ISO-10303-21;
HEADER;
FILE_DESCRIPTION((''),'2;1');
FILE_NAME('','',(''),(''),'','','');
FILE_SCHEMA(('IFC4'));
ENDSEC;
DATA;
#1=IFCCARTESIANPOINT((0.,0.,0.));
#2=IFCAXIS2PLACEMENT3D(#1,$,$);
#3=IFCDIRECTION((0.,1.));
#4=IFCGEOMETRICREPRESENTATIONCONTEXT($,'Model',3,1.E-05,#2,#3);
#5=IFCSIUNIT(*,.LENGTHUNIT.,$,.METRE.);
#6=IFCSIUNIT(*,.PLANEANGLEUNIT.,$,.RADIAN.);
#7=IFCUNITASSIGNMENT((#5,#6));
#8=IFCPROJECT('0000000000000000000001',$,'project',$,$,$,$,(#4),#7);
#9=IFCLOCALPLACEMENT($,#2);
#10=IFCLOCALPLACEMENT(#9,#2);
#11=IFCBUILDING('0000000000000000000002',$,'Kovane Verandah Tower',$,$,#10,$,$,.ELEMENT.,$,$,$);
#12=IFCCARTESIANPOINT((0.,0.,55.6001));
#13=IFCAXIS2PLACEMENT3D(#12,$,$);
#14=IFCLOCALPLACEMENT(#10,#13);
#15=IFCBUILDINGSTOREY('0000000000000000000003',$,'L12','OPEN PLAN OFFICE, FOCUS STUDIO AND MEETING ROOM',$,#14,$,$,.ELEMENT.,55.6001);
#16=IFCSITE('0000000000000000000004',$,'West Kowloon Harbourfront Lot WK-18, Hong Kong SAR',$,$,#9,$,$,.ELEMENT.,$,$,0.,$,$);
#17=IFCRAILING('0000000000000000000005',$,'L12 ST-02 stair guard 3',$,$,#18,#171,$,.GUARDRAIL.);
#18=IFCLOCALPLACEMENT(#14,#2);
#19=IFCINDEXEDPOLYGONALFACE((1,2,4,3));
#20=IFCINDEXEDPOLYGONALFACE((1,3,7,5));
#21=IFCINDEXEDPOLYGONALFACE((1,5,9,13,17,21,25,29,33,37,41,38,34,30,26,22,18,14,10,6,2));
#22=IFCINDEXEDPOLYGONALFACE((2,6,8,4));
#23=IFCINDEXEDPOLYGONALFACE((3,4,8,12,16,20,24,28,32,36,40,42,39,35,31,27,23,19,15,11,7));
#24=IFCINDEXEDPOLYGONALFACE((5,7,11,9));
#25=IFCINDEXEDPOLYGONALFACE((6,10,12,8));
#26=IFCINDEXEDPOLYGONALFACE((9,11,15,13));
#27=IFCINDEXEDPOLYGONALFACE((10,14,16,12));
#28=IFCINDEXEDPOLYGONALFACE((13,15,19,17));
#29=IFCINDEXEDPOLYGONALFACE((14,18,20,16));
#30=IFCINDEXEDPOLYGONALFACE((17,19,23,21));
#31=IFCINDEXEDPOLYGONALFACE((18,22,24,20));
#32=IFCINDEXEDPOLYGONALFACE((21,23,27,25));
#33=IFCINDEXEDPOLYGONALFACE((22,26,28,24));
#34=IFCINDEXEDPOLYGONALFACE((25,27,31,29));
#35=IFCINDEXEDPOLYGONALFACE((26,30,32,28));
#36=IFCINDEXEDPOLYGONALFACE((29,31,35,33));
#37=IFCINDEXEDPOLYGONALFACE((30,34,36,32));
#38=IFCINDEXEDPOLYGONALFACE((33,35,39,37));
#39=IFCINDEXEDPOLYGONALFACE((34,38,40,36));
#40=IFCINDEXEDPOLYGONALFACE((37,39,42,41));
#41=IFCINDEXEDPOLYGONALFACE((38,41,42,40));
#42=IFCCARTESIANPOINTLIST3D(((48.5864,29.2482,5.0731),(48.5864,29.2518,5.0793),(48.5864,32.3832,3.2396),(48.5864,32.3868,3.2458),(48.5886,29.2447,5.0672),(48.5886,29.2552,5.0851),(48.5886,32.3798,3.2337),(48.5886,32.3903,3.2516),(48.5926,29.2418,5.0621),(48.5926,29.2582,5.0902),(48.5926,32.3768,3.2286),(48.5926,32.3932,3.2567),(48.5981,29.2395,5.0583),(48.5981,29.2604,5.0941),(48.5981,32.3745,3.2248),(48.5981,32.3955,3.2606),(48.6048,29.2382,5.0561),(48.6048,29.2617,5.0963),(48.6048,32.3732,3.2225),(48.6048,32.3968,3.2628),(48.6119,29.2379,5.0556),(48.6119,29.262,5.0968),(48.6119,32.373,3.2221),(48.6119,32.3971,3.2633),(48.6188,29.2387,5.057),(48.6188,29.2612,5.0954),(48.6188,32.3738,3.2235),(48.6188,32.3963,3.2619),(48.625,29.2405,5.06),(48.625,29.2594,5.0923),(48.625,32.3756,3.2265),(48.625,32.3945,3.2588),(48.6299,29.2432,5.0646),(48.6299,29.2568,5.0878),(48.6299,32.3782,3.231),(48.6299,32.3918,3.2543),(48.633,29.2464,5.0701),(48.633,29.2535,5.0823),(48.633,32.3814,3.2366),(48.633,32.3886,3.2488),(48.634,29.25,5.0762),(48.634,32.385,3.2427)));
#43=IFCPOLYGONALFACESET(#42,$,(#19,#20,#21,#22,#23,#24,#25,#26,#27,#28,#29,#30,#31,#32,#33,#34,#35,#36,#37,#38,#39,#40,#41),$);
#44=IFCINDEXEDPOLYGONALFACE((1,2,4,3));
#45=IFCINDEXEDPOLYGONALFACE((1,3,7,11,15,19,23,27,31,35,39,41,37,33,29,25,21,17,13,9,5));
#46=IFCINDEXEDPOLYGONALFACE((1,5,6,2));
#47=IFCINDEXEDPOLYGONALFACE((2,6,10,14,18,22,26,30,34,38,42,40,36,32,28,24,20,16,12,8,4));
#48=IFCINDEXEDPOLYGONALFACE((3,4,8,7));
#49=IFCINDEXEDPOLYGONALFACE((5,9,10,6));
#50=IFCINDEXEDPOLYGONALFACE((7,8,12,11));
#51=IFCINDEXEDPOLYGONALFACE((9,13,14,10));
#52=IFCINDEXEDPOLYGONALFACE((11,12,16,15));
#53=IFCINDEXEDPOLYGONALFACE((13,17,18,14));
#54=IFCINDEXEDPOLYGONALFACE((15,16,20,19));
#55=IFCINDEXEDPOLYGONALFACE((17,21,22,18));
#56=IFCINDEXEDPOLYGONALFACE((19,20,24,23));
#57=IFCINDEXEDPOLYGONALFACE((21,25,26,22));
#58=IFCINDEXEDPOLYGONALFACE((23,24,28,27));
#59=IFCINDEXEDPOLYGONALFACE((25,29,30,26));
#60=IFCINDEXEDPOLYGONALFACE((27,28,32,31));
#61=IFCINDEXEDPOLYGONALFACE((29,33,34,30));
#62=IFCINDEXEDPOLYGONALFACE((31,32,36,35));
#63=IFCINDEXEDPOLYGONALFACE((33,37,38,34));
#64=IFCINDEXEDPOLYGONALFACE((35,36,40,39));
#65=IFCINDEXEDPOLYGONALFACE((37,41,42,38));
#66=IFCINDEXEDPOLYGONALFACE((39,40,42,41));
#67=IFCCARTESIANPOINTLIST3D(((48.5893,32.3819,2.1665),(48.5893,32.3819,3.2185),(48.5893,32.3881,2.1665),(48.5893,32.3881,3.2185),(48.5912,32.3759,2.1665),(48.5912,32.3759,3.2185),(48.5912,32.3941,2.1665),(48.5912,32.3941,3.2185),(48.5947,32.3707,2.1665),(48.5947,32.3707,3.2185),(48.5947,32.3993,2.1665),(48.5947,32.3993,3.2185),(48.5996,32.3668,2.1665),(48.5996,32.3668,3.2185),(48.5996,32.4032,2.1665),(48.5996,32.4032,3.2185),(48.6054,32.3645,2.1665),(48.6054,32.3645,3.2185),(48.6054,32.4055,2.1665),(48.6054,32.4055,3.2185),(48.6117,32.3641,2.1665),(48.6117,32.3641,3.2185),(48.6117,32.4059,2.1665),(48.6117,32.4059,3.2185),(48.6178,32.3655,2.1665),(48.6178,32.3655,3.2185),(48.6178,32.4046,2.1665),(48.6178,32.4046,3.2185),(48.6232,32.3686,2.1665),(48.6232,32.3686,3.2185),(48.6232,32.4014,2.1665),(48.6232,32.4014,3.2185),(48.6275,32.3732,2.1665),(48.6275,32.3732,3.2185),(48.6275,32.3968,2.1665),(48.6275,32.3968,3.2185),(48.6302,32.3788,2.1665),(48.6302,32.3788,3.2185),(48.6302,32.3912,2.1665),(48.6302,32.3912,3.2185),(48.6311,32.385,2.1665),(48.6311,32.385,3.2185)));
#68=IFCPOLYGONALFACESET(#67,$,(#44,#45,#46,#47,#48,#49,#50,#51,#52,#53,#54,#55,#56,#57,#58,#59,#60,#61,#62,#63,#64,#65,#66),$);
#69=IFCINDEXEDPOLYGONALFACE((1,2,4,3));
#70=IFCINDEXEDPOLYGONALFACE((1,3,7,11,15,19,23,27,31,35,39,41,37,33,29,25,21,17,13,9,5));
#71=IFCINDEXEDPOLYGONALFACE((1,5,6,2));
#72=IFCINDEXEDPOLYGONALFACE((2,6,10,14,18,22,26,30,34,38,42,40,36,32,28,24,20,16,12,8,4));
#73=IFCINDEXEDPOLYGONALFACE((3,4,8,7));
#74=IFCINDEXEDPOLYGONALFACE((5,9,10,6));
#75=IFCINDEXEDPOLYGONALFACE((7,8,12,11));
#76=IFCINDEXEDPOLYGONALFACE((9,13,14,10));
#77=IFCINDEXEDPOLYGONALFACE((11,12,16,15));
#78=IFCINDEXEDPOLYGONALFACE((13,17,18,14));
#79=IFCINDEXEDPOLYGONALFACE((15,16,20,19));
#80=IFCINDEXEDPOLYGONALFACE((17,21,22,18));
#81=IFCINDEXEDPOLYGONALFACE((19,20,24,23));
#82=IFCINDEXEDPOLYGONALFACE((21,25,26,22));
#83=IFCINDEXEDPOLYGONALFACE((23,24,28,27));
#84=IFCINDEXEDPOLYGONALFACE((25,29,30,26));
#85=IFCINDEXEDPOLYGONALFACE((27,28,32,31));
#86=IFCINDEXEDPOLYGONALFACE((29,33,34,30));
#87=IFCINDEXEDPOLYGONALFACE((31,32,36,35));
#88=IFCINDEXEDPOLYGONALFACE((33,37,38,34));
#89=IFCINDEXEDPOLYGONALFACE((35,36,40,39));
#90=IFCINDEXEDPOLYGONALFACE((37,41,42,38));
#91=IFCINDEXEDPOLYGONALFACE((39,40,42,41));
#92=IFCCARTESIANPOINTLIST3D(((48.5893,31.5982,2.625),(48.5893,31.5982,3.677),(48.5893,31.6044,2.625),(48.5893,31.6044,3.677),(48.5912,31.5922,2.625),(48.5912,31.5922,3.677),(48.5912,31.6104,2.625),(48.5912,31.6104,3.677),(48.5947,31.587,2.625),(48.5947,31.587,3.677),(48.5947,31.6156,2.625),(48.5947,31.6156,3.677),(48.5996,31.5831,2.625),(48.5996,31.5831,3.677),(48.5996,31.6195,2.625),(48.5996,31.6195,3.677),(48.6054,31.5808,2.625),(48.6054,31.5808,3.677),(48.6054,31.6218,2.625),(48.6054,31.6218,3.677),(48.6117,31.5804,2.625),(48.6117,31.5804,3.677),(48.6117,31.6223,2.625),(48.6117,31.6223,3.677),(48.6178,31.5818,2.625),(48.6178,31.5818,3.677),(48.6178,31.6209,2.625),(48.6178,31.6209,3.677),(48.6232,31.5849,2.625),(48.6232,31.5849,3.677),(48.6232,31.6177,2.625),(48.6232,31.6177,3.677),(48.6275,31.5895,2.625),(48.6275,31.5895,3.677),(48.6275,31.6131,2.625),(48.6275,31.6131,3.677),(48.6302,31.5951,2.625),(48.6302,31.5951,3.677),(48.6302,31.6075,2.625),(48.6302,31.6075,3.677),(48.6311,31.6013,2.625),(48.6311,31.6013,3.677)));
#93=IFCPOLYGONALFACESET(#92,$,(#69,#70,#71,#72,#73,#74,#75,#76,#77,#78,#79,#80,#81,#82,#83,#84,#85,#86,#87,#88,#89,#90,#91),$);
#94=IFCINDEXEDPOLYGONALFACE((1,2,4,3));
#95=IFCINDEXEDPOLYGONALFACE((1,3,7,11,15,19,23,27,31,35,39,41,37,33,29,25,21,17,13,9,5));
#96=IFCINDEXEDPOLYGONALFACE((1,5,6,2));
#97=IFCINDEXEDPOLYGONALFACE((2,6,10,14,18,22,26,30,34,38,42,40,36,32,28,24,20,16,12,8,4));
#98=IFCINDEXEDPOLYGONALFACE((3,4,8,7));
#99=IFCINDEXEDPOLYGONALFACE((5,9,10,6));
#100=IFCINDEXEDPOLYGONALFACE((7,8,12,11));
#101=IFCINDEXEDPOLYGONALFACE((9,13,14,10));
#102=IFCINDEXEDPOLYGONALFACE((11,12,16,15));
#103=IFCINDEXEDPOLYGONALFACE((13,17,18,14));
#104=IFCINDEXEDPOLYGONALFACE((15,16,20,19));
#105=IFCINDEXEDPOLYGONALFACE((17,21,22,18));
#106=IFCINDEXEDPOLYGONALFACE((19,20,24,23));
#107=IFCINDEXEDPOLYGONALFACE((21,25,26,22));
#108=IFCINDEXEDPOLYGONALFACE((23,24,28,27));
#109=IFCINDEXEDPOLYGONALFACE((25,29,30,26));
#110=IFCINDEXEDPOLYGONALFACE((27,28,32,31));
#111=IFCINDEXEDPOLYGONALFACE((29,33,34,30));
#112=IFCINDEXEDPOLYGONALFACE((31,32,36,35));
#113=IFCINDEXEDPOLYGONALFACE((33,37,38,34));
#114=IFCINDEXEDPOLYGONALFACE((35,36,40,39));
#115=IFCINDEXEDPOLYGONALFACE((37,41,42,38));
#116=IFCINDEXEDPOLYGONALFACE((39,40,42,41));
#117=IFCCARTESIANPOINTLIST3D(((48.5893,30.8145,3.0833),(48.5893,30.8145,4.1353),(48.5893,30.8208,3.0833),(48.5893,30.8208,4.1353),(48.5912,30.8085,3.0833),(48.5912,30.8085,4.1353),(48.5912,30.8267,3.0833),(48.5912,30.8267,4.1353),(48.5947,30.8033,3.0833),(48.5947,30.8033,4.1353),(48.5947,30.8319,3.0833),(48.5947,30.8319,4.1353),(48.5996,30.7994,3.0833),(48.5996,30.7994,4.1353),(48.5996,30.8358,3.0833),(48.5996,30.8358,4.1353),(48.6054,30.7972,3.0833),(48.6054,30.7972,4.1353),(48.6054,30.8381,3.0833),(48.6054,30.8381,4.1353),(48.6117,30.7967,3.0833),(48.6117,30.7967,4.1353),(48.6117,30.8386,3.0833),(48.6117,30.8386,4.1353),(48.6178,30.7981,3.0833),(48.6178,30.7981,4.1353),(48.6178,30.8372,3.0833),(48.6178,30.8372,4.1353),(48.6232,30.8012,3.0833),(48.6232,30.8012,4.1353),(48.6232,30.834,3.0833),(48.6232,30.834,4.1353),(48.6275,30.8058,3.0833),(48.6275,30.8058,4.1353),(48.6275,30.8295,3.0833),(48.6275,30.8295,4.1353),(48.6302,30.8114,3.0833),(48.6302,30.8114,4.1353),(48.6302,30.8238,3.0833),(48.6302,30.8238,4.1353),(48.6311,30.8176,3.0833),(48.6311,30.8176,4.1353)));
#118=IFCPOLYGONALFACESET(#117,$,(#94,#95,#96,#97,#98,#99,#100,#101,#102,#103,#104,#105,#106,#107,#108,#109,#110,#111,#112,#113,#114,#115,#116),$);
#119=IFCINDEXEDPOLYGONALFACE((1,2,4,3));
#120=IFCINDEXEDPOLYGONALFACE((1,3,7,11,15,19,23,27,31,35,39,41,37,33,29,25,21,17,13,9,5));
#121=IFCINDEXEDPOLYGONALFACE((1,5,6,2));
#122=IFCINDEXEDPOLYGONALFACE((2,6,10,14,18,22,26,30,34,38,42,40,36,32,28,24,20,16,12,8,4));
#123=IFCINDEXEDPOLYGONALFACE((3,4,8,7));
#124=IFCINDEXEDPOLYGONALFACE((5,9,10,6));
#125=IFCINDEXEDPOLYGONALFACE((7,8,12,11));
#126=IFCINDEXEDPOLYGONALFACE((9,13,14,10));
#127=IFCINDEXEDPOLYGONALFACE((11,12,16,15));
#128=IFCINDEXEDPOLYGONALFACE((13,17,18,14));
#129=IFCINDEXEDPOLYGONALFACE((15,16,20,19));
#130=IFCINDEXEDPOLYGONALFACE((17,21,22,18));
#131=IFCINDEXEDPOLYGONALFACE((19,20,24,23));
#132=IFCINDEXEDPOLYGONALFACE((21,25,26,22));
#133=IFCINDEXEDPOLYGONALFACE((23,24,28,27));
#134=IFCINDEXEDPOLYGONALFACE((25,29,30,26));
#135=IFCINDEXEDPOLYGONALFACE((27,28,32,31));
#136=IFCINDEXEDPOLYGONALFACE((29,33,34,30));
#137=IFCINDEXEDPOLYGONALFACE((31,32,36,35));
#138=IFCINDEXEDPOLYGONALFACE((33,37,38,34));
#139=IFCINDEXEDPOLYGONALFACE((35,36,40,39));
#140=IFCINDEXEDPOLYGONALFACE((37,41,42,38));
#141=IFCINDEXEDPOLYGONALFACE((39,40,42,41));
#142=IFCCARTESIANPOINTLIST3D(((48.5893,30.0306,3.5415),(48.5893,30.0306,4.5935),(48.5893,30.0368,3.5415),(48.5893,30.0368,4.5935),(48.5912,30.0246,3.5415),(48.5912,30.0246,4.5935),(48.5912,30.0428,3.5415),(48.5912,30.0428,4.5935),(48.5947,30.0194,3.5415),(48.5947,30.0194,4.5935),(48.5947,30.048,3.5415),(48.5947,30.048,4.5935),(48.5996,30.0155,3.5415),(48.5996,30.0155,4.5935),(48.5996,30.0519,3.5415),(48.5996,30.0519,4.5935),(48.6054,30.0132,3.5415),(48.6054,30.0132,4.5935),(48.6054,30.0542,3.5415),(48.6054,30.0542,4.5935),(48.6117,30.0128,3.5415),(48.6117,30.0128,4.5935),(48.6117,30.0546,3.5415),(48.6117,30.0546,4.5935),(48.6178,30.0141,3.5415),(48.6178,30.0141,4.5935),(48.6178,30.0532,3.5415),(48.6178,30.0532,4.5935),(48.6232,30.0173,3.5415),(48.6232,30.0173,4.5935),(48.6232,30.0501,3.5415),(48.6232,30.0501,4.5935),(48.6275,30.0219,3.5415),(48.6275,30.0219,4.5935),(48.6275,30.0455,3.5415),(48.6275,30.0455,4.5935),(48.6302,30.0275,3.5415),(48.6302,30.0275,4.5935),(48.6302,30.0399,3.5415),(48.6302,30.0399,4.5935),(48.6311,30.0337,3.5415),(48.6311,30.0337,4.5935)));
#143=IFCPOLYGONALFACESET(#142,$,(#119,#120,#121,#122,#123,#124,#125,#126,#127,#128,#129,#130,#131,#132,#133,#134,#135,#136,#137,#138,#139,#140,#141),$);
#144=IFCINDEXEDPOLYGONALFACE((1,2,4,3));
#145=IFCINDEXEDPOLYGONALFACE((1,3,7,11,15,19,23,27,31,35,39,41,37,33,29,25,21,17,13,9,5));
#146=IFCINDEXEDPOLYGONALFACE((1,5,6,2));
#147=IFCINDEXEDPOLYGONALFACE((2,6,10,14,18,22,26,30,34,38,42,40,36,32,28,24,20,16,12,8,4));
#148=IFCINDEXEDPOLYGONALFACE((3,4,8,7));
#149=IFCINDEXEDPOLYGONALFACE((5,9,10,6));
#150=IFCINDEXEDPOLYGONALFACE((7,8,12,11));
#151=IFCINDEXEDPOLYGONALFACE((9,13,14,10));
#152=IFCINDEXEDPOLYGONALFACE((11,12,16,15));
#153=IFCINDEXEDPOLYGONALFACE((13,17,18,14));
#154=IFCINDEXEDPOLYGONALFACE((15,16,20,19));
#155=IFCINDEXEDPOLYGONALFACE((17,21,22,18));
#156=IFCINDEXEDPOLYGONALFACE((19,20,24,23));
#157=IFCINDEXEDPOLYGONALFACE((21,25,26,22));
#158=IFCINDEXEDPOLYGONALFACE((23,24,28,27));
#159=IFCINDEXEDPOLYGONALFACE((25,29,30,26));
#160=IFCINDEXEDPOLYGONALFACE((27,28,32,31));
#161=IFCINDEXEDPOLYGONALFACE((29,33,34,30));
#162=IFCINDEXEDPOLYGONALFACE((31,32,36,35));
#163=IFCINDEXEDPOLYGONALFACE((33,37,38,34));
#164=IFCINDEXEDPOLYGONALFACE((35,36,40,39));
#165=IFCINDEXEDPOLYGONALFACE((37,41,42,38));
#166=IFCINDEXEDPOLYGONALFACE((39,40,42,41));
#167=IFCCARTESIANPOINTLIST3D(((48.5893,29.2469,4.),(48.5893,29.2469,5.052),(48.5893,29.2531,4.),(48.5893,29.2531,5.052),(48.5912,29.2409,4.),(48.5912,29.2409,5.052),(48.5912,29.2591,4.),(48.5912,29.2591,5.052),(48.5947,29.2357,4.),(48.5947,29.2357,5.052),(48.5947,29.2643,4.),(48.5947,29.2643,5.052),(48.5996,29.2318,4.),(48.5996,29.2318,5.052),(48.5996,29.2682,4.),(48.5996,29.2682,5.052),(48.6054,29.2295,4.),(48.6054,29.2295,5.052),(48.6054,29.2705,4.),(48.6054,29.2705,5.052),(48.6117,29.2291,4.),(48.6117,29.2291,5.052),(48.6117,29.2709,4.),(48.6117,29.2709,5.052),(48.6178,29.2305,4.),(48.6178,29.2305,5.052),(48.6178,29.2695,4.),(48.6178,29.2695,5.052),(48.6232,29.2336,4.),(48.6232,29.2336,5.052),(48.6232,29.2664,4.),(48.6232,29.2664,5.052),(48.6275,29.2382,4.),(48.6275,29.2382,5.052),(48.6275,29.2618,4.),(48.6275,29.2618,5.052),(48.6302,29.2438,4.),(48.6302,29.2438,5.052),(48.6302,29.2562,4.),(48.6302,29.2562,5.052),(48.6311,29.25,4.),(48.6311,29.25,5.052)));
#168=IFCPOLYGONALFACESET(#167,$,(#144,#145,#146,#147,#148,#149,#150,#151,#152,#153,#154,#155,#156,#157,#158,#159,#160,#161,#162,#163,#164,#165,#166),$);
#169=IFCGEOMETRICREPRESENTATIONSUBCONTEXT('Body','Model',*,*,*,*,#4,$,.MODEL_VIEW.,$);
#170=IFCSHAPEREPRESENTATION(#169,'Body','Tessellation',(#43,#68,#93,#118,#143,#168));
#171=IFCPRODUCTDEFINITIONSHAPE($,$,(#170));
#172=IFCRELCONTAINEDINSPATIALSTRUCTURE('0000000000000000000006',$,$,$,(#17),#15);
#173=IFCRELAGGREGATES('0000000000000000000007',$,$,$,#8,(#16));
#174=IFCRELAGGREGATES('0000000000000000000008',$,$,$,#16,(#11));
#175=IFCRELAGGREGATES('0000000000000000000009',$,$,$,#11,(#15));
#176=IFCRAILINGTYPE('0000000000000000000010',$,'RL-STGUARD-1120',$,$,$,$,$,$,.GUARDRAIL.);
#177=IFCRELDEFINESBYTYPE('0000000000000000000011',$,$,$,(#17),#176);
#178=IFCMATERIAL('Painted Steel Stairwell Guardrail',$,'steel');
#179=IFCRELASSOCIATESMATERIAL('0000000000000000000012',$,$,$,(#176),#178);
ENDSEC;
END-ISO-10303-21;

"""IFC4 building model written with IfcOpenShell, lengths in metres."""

from ifc_helpers import new_model, si_unit, direction, frame, origin, origin_2d, place, context, subcontext, project, spatial, circle, extrude, material, type_object, element, save


model = new_model("IFC4")

# Units and contexts
model_context = context("Model", 3, precision=1e-05, world=origin(), true_north=direction((0.0, 1.0)))
body_context = subcontext(model_context, "Body", "Model", "MODEL_VIEW")
ifc_project = project(units=[si_unit("LENGTHUNIT", "METRE"), si_unit("PLANEANGLEUNIT", "RADIAN")], contexts=[model_context])

# Site, building, storey
site_placement = place(None, origin())
site = spatial("IfcSite", under=ifc_project, at=site_placement, Name="West Kowloon Harbourfront Lot WK-18, Hong Kong SAR", CompositionType="ELEMENT", RefElevation=0.0)
building_placement = place(site_placement, origin())
building = spatial("IfcBuilding", under=site, at=building_placement, Name="Kovane Verandah Tower", CompositionType="ELEMENT")
storey_placement = place(building_placement, frame((0.0, 0.0, 55.6001)))
storey = spatial("IfcBuildingStorey", under=building, at=storey_placement, Name="L12", Description="OPEN PLAN OFFICE, FOCUS STUDIO AND MEETING ROOM", CompositionType="ELEMENT", Elevation=55.6001)

# Railing
ifc_material_1 = material(Name="Painted Steel Stairwell Guardrail", Category="steel")
railing_type_1 = type_object("IfcRailingType", Name="RL-STGUARD-1120", PredefinedType="GUARDRAIL", material=ifc_material_1)
for number, where, name in (
    (1, (48.6101, 32.385, 2.1665), "L12 ST-02 stair guard 3"),
):
    element("IfcRailing", number, at=place(storey_placement, frame(where)), inside=storey, type_object=railing_type_1, Name=name, PredefinedType="GUARDRAIL", context=body_context, shape_type="SweptSolid", body=[
        extrude(circle(Radius=0.0239, at=origin_2d()), frame((0.0, 0.0, 1.0762), z_axis=(0.0, -0.86321, 0.504845), x_axis=(1.0, 0.0, 0.0)), (0.0, 0.0, 1.0), 3.6318),
        extrude(circle(Radius=0.021, at=origin_2d()), origin(), (0.0, 0.0, 1.0), 1.052),
        extrude(circle(Radius=0.021, at=origin_2d()), frame((0.0, -0.7837, 0.4585)), (0.0, 0.0, 1.0), 1.052),
        extrude(circle(Radius=0.021, at=origin_2d()), frame((0.0, -1.5674, 0.9167)), (0.0, 0.0, 1.0), 1.052),
        extrude(circle(Radius=0.021, at=origin_2d()), frame((0.0, -2.3513, 1.375)), (0.0, 0.0, 1.0), 1.052),
        extrude(circle(Radius=0.021, at=origin_2d()), frame((0.0, -3.135, 1.8335)), (0.0, 0.0, 1.0), 1.052),
    ])

save(model, "model.ifc")
